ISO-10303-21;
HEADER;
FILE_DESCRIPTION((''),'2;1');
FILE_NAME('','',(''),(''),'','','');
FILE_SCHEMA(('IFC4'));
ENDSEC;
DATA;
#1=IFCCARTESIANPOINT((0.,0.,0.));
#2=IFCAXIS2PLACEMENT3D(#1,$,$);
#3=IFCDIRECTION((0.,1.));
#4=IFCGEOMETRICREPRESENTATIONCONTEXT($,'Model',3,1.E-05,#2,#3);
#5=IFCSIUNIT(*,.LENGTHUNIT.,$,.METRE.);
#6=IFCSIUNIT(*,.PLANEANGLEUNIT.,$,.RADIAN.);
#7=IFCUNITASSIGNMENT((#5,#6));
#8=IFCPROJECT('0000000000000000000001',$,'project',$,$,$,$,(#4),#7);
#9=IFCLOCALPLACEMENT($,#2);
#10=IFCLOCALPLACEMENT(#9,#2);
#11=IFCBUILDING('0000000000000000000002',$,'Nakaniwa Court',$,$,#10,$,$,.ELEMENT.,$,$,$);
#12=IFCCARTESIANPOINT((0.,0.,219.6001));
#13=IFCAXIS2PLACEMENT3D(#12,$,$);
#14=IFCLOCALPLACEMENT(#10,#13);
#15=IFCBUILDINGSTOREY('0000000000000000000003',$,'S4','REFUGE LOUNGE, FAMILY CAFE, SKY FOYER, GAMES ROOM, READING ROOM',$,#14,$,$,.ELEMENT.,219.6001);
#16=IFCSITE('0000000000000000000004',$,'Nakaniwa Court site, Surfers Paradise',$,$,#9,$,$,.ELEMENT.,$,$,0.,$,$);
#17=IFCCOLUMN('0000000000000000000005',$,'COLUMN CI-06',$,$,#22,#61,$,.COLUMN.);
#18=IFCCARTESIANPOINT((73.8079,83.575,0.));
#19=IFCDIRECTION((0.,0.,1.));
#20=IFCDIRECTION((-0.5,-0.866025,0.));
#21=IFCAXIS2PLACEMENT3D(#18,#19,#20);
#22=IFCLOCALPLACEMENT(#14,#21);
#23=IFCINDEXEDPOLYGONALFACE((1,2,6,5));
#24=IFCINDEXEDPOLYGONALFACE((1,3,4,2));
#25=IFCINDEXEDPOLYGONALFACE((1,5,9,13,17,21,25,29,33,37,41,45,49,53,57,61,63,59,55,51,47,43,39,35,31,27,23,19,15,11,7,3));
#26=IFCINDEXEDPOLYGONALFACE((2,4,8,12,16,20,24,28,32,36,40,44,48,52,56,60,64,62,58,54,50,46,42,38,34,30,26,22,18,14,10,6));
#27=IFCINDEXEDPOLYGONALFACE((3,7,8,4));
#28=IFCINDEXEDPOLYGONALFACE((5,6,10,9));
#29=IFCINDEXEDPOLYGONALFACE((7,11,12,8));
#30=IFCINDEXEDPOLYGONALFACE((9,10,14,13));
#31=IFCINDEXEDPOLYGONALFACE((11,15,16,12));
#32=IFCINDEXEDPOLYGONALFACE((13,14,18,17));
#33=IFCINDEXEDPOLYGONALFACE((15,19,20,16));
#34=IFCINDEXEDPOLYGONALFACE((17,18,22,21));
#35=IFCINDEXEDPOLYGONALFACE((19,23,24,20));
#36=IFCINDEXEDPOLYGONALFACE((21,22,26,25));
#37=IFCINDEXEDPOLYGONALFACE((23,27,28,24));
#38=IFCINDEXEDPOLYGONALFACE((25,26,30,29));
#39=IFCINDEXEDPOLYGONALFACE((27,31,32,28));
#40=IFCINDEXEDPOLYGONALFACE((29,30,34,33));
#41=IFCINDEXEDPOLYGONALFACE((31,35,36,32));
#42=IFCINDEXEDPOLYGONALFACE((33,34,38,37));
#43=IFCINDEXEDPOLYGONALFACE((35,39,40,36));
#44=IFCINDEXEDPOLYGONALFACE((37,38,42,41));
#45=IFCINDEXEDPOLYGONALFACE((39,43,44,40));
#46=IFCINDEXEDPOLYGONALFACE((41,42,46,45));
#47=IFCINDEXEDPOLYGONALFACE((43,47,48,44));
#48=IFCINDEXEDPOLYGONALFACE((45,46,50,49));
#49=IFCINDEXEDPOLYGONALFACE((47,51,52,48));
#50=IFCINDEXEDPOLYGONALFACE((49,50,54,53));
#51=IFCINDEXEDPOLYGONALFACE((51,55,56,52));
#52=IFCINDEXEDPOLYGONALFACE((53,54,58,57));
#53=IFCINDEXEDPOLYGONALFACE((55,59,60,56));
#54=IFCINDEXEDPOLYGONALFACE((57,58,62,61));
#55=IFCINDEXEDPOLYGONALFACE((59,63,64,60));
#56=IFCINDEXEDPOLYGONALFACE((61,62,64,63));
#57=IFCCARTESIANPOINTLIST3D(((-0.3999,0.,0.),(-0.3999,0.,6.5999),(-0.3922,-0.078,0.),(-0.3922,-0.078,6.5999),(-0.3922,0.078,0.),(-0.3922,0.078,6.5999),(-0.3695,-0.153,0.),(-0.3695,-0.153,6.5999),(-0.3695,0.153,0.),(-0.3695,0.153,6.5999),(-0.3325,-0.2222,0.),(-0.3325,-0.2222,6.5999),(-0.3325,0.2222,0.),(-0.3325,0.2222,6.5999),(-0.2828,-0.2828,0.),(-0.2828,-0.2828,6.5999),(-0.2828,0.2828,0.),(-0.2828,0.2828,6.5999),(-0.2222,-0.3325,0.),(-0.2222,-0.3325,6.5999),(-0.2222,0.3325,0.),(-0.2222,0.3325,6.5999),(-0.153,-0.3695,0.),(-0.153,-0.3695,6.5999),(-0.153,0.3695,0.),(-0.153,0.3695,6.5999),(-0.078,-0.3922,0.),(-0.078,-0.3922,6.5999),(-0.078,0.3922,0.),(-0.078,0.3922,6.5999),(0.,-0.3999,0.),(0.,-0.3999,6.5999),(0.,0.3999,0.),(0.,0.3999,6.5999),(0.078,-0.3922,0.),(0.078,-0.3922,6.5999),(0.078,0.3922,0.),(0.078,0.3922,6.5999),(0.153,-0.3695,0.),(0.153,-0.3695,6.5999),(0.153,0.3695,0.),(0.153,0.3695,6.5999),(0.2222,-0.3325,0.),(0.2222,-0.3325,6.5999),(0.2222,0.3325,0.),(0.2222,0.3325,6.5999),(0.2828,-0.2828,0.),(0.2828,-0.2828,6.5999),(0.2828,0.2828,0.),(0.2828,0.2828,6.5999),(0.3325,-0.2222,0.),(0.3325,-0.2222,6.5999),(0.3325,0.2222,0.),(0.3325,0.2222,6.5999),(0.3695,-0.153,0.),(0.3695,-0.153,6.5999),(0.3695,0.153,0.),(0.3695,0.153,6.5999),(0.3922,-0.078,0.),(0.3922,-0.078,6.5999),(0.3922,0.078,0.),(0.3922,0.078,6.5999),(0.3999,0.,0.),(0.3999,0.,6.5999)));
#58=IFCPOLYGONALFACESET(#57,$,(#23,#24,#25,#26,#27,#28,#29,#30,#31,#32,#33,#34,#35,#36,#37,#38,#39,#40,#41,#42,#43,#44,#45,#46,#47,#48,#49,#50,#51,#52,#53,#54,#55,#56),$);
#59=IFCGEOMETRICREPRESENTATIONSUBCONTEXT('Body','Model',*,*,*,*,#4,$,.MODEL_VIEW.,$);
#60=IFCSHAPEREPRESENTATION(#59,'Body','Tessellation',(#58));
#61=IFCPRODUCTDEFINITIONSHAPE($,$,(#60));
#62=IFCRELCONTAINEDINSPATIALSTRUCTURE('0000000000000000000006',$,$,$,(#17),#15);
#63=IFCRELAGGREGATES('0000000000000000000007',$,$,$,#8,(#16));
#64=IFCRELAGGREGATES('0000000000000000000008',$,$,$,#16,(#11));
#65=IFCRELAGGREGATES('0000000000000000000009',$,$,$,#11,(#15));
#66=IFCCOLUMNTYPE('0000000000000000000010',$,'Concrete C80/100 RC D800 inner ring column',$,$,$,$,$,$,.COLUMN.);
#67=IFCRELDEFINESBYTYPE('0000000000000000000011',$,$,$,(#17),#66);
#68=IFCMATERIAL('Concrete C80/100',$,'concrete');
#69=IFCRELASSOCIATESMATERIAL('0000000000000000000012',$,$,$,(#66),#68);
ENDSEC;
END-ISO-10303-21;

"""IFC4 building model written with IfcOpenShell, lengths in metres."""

from ifc_helpers import new_model, si_unit, direction, frame, origin, origin_2d, place, context, subcontext, project, spatial, circle, extrude, material, material_profile, profile_set, type_object, element, save


model = new_model("IFC4")

# Units and contexts
model_context = context("Model", 3, precision=1e-05, world=origin(), true_north=direction((0.0, 1.0)))
body_context = subcontext(model_context, "Body", "Model", "MODEL_VIEW")
ifc_project = project(units=[si_unit("LENGTHUNIT", "METRE"), si_unit("PLANEANGLEUNIT", "RADIAN")], contexts=[model_context])

# Site, building, storey
site_placement = place(None, origin())
site = spatial("IfcSite", under=ifc_project, at=site_placement, Name="Nakaniwa Court site, Surfers Paradise", CompositionType="ELEMENT", RefElevation=0.0)
building_placement = place(site_placement, origin())
building = spatial("IfcBuilding", under=site, at=building_placement, Name="Nakaniwa Court", CompositionType="ELEMENT")
storey_placement = place(building_placement, frame((0.0, 0.0, 219.6001)))
storey = spatial("IfcBuildingStorey", under=building, at=storey_placement, Name="S4", Description="REFUGE LOUNGE, FAMILY CAFE, SKY FOYER, GAMES ROOM, READING ROOM", CompositionType="ELEMENT", Elevation=219.6001)

# Column
ifc_material_1 = material(Name="Concrete C80/100", Category="concrete")
ifc_material_profile_1 = material_profile(ifc_material_1, circle(Radius=0.3999, at=origin_2d()), Name="Concrete C80/100 RC D800 inner ring column")
ifc_profile_set_1 = profile_set([ifc_material_profile_1], Name="Concrete C80/100")
column_type_1 = type_object("IfcColumnType", Name="Concrete C80/100 RC D800 inner ring column", PredefinedType="COLUMN", material=ifc_profile_set_1)
for number, where, z_axis, x_axis, name in (
    (1, (73.8079, 83.575, 0.0), (0.0, 0.0, 1.0), (-0.5, -0.866025, 0.0), "COLUMN CI-06"),
):
    element("IfcColumn", number, at=place(storey_placement, frame(where, z_axis=z_axis, x_axis=x_axis)), inside=storey, type_object=column_type_1, Name=name, PredefinedType="COLUMN", context=body_context, shape_type="SweptSolid", body=[
        extrude(circle(Radius=0.3999, at=origin_2d()), origin(), (0.0, 0.0, 1.0), 6.5999),
    ])

save(model, "model.ifc")
